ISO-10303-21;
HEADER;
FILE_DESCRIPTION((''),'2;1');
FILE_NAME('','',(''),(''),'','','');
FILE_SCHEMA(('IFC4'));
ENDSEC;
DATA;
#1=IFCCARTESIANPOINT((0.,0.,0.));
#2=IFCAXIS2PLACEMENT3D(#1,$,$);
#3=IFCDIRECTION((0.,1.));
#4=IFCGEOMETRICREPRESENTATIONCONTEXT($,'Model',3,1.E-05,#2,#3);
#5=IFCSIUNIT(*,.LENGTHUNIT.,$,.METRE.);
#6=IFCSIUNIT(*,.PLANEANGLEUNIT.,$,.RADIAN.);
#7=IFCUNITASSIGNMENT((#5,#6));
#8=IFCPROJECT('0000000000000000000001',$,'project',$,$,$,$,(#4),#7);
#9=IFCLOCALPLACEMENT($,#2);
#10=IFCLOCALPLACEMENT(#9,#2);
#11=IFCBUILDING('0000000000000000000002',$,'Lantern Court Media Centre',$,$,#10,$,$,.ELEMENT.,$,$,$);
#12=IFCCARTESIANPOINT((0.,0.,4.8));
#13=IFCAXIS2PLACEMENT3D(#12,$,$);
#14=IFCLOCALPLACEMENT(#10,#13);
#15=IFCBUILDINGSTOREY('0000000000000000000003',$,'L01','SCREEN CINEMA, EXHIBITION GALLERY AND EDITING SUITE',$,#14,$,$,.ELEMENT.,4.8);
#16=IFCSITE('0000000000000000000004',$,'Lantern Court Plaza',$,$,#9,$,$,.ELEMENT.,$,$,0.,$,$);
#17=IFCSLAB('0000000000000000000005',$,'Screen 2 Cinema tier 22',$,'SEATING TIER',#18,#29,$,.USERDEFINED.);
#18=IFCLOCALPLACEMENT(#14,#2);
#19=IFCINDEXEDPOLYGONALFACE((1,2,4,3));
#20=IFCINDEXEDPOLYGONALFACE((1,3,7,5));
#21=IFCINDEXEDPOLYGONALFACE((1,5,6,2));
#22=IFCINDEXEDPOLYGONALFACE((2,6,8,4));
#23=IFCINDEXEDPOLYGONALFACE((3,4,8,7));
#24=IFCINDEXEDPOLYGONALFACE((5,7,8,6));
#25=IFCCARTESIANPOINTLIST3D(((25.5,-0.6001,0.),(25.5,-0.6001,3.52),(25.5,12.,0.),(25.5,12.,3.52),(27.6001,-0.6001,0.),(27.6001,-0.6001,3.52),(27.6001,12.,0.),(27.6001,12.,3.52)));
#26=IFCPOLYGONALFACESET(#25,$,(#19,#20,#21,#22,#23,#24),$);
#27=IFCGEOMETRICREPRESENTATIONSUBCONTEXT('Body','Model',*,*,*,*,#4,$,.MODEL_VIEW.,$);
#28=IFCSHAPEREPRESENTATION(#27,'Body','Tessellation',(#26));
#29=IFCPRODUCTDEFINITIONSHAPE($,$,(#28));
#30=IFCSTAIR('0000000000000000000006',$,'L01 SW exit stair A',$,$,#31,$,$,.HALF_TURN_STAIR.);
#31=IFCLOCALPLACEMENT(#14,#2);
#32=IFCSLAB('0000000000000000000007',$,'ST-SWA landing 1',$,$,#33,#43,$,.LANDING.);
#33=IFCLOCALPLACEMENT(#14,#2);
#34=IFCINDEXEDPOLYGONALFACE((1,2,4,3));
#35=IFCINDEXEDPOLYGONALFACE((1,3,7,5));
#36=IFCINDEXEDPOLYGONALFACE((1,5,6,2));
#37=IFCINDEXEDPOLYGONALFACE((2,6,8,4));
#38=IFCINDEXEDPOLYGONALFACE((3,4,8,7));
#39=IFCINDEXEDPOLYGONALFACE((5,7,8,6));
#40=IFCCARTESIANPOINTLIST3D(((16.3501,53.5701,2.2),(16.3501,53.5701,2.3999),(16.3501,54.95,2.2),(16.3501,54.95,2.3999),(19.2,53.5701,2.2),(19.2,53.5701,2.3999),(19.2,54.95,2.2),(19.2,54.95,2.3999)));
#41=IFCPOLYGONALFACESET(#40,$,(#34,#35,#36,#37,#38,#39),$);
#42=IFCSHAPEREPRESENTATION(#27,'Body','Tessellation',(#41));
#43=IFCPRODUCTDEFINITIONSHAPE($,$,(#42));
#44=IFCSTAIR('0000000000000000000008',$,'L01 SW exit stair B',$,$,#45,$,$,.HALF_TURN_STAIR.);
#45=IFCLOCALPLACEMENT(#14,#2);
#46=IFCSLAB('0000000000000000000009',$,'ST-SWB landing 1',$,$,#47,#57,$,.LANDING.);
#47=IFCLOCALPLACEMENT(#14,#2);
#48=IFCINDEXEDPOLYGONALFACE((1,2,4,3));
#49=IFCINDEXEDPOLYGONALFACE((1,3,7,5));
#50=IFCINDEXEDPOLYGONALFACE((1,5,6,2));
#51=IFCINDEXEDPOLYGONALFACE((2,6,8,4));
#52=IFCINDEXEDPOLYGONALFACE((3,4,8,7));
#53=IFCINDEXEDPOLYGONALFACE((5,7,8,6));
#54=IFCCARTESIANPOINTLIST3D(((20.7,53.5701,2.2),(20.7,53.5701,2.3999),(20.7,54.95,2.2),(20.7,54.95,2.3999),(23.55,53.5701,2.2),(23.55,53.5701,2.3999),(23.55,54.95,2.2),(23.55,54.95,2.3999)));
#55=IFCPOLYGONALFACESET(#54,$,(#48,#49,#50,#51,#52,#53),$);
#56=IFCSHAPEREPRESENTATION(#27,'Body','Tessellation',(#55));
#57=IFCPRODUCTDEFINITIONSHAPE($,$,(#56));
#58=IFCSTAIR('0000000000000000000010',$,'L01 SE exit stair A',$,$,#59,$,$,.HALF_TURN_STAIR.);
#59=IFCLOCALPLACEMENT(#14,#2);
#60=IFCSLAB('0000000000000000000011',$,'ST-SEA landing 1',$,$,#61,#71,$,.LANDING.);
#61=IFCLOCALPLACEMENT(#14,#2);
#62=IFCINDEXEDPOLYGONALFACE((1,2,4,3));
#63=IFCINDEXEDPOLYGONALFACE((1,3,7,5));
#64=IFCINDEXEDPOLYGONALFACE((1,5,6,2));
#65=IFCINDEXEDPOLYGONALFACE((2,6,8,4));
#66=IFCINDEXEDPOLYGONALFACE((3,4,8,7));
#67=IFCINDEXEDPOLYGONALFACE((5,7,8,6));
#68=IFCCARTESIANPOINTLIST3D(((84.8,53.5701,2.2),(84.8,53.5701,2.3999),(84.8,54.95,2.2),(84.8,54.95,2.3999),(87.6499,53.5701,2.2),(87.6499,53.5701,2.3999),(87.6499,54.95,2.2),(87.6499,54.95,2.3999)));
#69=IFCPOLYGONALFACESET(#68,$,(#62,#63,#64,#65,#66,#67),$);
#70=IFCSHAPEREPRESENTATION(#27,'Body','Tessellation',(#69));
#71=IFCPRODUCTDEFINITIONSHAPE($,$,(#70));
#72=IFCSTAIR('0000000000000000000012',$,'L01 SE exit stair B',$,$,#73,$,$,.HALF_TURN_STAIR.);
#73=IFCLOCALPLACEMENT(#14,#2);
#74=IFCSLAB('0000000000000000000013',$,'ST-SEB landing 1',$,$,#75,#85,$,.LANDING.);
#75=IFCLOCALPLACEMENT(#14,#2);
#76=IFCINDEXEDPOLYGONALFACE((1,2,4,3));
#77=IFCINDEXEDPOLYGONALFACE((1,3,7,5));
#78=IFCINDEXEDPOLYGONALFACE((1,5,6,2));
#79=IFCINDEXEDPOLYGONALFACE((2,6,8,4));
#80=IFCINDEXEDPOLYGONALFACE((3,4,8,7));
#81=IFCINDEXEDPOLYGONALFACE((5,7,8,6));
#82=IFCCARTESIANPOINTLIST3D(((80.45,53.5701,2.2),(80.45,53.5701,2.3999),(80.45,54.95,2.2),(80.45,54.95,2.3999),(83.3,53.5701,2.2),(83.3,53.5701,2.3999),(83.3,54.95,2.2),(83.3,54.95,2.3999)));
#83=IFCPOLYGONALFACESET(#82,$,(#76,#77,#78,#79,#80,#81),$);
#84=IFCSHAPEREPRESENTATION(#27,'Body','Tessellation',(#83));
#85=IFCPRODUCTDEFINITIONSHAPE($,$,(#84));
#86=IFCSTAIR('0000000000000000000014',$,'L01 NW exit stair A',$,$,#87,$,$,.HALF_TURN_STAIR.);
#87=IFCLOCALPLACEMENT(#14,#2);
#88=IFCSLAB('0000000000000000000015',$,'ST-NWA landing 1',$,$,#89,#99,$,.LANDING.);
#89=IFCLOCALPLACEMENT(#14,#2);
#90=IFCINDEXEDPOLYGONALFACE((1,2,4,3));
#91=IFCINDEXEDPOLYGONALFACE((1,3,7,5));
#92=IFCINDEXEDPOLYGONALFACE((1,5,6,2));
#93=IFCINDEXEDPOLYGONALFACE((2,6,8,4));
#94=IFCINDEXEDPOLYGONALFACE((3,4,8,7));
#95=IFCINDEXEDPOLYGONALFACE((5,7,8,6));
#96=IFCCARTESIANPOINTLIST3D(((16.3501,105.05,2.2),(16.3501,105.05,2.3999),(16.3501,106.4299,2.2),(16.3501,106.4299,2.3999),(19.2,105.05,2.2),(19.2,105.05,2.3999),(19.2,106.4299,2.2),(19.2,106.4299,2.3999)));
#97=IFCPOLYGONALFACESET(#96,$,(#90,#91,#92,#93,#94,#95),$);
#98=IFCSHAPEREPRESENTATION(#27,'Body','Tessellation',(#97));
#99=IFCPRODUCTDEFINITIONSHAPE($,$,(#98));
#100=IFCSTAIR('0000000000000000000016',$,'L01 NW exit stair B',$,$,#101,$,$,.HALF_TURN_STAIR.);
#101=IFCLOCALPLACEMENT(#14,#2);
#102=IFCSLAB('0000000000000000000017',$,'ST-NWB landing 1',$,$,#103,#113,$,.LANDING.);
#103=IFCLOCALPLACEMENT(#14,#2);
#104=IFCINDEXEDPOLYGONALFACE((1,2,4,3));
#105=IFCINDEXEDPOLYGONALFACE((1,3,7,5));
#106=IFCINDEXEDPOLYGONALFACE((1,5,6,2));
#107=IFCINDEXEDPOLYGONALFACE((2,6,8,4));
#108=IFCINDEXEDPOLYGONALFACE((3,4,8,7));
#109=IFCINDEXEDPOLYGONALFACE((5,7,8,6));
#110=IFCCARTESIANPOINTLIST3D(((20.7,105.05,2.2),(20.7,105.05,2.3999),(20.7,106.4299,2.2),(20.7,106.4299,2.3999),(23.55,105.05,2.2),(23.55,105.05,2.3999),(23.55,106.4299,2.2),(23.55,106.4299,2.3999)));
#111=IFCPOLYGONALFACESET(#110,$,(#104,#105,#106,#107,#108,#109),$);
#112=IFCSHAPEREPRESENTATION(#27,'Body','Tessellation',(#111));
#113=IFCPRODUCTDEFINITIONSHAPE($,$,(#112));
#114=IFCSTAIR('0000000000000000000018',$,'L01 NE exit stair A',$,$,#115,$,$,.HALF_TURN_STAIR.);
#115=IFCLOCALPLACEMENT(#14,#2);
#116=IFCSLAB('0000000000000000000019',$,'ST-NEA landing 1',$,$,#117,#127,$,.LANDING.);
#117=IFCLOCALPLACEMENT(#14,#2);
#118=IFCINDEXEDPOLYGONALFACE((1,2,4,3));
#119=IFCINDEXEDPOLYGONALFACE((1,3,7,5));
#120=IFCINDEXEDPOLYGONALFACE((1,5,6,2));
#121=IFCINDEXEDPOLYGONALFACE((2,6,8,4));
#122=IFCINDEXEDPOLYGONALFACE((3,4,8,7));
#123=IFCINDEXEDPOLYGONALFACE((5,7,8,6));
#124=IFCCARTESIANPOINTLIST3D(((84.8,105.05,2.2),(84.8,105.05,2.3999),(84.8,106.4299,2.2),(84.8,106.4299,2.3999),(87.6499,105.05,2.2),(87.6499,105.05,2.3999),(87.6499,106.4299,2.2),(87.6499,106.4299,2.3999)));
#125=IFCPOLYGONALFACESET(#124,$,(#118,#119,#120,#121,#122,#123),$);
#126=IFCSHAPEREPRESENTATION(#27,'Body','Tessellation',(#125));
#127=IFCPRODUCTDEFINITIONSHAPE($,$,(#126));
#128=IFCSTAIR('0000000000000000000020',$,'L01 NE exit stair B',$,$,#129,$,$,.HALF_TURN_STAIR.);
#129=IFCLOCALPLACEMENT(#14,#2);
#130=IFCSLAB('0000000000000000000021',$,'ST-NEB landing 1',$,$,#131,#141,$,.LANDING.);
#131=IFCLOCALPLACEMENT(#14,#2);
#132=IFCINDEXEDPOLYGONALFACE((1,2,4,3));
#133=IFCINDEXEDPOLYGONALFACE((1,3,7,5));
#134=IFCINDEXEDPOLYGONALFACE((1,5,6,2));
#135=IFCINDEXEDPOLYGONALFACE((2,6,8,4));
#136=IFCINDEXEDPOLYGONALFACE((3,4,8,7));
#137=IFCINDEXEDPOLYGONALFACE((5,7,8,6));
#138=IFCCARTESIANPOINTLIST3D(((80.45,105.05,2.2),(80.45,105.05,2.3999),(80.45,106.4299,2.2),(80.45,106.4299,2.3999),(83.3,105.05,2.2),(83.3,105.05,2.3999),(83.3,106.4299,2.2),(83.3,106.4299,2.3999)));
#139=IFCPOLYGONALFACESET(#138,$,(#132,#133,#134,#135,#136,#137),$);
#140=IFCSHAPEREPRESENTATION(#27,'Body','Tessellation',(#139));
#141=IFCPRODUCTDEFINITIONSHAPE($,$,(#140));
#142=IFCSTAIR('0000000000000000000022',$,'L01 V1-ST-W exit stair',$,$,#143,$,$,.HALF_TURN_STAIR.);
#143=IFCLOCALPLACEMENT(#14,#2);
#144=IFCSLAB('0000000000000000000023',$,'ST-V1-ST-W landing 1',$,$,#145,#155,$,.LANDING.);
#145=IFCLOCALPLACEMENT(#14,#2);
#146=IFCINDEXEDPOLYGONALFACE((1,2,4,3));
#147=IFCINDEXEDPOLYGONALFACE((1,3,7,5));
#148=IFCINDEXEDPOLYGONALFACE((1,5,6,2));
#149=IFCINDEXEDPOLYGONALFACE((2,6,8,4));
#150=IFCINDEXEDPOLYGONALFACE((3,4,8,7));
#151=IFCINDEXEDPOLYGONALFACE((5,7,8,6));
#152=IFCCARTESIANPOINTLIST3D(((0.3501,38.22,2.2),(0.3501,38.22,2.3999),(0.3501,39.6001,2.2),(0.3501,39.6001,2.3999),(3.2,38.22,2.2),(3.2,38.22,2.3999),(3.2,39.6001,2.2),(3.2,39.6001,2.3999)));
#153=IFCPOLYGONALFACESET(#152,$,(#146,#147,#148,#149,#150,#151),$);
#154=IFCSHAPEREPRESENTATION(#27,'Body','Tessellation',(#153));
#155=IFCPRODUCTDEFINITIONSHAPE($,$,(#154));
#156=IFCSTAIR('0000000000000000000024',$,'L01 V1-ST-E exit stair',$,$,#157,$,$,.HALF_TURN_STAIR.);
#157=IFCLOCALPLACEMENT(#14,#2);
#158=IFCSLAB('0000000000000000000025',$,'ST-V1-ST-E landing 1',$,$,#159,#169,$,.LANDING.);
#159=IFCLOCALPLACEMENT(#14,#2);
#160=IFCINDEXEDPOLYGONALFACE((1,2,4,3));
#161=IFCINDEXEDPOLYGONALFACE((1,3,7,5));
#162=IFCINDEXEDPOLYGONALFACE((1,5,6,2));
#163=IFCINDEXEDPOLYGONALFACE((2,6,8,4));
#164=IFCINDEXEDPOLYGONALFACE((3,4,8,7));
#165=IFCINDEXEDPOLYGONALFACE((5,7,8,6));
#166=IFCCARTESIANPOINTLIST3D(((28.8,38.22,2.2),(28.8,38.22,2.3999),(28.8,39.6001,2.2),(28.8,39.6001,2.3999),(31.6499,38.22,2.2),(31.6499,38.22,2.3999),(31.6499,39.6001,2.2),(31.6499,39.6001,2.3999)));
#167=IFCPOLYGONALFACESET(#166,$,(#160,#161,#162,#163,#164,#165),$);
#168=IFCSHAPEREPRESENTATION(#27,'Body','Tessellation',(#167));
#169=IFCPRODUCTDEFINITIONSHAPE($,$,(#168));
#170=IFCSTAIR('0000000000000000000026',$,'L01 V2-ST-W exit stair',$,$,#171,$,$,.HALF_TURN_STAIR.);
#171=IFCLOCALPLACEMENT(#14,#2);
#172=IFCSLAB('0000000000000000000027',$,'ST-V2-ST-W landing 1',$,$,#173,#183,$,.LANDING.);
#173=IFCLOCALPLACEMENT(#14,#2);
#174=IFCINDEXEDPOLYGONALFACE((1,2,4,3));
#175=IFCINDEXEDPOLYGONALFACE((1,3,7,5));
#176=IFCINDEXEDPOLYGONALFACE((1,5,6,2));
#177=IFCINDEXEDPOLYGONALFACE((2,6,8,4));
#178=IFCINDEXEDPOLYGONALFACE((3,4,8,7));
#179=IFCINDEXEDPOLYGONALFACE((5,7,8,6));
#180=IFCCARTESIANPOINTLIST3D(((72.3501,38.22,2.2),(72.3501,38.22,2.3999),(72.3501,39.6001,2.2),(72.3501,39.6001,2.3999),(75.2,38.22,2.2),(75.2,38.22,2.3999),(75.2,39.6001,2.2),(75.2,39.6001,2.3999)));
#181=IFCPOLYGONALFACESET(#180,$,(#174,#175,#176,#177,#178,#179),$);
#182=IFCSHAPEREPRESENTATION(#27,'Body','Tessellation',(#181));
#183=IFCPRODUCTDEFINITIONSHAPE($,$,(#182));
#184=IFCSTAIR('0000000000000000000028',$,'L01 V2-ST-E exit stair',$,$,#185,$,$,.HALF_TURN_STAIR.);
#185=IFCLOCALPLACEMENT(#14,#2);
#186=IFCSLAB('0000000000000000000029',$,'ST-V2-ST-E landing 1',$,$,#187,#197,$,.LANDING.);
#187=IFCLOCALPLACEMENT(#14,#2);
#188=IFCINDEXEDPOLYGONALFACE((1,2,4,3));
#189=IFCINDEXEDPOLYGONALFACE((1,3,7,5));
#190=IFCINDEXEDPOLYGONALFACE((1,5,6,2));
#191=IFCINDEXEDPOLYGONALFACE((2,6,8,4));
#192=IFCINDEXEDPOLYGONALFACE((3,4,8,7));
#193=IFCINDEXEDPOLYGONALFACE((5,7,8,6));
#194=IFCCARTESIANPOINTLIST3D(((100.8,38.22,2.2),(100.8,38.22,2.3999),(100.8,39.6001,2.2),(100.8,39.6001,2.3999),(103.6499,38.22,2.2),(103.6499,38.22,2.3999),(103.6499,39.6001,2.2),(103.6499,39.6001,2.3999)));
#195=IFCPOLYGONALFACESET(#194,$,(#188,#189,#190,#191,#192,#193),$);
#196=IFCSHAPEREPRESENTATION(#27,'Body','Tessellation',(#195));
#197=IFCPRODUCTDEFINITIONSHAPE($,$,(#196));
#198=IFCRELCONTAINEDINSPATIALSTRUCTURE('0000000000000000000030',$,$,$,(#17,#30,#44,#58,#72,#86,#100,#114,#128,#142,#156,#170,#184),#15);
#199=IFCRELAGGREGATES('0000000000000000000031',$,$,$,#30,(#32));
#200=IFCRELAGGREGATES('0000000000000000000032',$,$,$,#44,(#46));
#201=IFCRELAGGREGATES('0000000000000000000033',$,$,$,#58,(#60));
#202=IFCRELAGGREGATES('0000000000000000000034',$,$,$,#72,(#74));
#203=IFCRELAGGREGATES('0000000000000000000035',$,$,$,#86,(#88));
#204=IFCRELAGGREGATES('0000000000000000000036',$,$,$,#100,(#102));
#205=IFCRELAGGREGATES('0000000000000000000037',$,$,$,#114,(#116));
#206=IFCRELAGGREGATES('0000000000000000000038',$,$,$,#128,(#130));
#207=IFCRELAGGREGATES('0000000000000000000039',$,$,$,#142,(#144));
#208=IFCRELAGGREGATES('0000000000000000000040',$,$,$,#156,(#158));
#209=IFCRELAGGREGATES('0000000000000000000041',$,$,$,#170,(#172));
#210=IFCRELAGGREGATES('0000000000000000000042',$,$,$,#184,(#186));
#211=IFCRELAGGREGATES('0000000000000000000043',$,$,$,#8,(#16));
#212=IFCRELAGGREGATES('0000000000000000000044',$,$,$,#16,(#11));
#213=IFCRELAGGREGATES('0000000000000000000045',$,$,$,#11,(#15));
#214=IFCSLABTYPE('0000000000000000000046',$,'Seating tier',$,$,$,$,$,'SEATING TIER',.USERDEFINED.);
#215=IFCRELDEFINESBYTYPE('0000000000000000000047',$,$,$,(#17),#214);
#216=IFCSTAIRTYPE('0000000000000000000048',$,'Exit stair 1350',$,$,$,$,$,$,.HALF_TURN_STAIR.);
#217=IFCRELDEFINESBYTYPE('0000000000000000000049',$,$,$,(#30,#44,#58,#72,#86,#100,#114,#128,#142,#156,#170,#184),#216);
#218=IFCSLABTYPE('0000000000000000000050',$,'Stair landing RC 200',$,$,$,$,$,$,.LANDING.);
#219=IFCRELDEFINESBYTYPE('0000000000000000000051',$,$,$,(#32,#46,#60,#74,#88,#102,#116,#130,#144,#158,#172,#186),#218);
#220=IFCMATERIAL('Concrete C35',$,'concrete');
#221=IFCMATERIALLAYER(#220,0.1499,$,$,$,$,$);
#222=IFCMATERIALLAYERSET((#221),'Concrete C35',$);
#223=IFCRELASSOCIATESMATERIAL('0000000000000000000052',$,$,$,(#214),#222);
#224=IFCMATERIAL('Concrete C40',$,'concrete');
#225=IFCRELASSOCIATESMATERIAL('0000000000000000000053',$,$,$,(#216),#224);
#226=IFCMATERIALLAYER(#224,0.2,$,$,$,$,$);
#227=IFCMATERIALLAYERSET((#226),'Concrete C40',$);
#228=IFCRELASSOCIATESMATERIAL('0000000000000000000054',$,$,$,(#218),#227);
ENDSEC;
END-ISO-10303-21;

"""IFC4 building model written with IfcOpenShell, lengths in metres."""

from ifc_helpers import new_model, si_unit, direction, frame, origin, place, context, subcontext, project, spatial, polyline, outline, extrude, material, layer, layer_set, type_object, element, aggregate, save


model = new_model("IFC4")

# Units and contexts
model_context = context("Model", 3, precision=1e-05, world=origin(), true_north=direction((0.0, 1.0)))
body_context = subcontext(model_context, "Body", "Model", "MODEL_VIEW")
ifc_project = project(units=[si_unit("LENGTHUNIT", "METRE"), si_unit("PLANEANGLEUNIT", "RADIAN")], contexts=[model_context])

# Site, building, storey
site_placement = place(None, origin())
site = spatial("IfcSite", under=ifc_project, at=site_placement, Name="Lantern Court Plaza", CompositionType="ELEMENT", RefElevation=0.0)
building_placement = place(site_placement, origin())
building = spatial("IfcBuilding", under=site, at=building_placement, Name="Lantern Court Media Centre", CompositionType="ELEMENT")
storey_placement = place(building_placement, frame((0.0, 0.0, 4.8)))
storey = spatial("IfcBuildingStorey", under=building, at=storey_placement, Name="L01", Description="SCREEN CINEMA, EXHIBITION GALLERY AND EDITING SUITE", CompositionType="ELEMENT", Elevation=4.8)

# Slab
ifc_material_1 = material(Name="Concrete C35", Category="concrete")
ifc_layer_1 = layer(ifc_material_1, 0.1499)
ifc_layer_set_1 = layer_set([ifc_layer_1], Name="Concrete C35")
slab_type_1 = type_object("IfcSlabType", Name="Seating tier", ElementType="SEATING TIER", PredefinedType="USERDEFINED", material=ifc_layer_set_1)
slab_1_placement = place(storey_placement, origin())
element("IfcSlab", 1, at=slab_1_placement, inside=storey, type_object=slab_type_1, Name="Screen 2 Cinema tier 22", ObjectType="SEATING TIER", PredefinedType="USERDEFINED", context=body_context, shape_type="SweptSolid", body=[
    extrude(outline(polyline([(25.5, -0.6001), (27.6001, -0.6001), (27.6001, 12.0), (25.5, 12.0), (25.5, -0.6001)])), origin(), (0.0, 0.0, 1.0), 3.52),
])

# Stairs, slabs
ifc_material_2 = material(Name="Concrete C40", Category="concrete")
stair_type = type_object("IfcStairType", Name="Exit stair 1350", PredefinedType="HALF_TURN_STAIR", material=ifc_material_2)
stair_1_placement = place(storey_placement, origin())
stair_1 = element("IfcStair", 2, at=stair_1_placement, inside=storey, type_object=stair_type, Name="L01 SW exit stair A", PredefinedType="HALF_TURN_STAIR")
ifc_layer_2 = layer(ifc_material_2, 0.2)
ifc_layer_set_2 = layer_set([ifc_layer_2], Name="Concrete C40")
slab_type_2 = type_object("IfcSlabType", Name="Stair landing RC 200", PredefinedType="LANDING", material=ifc_layer_set_2)
slab_2_placement = place(storey_placement, frame((0.0, 0.0, 2.2)))
slab_2 = element("IfcSlab", 3, at=slab_2_placement, type_object=slab_type_2, Name="ST-SWA landing 1", PredefinedType="LANDING", context=body_context, shape_type="SweptSolid", body=[
    extrude(outline(polyline([(19.2, 53.5701), (19.2, 54.95), (16.3501, 54.95), (16.3501, 53.5701), (19.2, 53.5701)])), origin(), (0.0, 0.0, 1.0), 0.2),
])
aggregate(stair_1, [slab_2])
stair_2_placement = place(storey_placement, origin())
stair_2 = element("IfcStair", 4, at=stair_2_placement, inside=storey, type_object=stair_type, Name="L01 SW exit stair B", PredefinedType="HALF_TURN_STAIR")
slab_3_placement = place(storey_placement, frame((0.0, 0.0, 2.2)))
slab_3 = element("IfcSlab", 5, at=slab_3_placement, type_object=slab_type_2, Name="ST-SWB landing 1", PredefinedType="LANDING", context=body_context, shape_type="SweptSolid", body=[
    extrude(outline(polyline([(23.55, 53.5701), (23.55, 54.95), (20.7, 54.95), (20.7, 53.5701), (23.55, 53.5701)])), origin(), (0.0, 0.0, 1.0), 0.2),
])
aggregate(stair_2, [slab_3])
stair_3_placement = place(storey_placement, origin())
stair_3 = element("IfcStair", 6, at=stair_3_placement, inside=storey, type_object=stair_type, Name="L01 SE exit stair A", PredefinedType="HALF_TURN_STAIR")
slab_4_placement = place(storey_placement, frame((0.0, 0.0, 2.2)))
slab_4 = element("IfcSlab", 7, at=slab_4_placement, type_object=slab_type_2, Name="ST-SEA landing 1", PredefinedType="LANDING", context=body_context, shape_type="SweptSolid", body=[
    extrude(outline(polyline([(87.6499, 53.5701), (87.6499, 54.95), (84.8, 54.95), (84.8, 53.5701), (87.6499, 53.5701)])), origin(), (0.0, 0.0, 1.0), 0.2),
])
aggregate(stair_3, [slab_4])
stair_4_placement = place(storey_placement, origin())
stair_4 = element("IfcStair", 8, at=stair_4_placement, inside=storey, type_object=stair_type, Name="L01 SE exit stair B", PredefinedType="HALF_TURN_STAIR")
slab_5_placement = place(storey_placement, frame((0.0, 0.0, 2.2)))
slab_5 = element("IfcSlab", 9, at=slab_5_placement, type_object=slab_type_2, Name="ST-SEB landing 1", PredefinedType="LANDING", context=body_context, shape_type="SweptSolid", body=[
    extrude(outline(polyline([(83.3, 53.5701), (83.3, 54.95), (80.45, 54.95), (80.45, 53.5701), (83.3, 53.5701)])), origin(), (0.0, 0.0, 1.0), 0.2),
])
aggregate(stair_4, [slab_5])
stair_5_placement = place(storey_placement, origin())
stair_5 = element("IfcStair", 10, at=stair_5_placement, inside=storey, type_object=stair_type, Name="L01 NW exit stair A", PredefinedType="HALF_TURN_STAIR")
slab_6_placement = place(storey_placement, frame((0.0, 0.0, 2.2)))
slab_6 = element("IfcSlab", 11, at=slab_6_placement, type_object=slab_type_2, Name="ST-NWA landing 1", PredefinedType="LANDING", context=body_context, shape_type="SweptSolid", body=[
    extrude(outline(polyline([(16.3501, 106.4299), (16.3501, 105.05), (19.2, 105.05), (19.2, 106.4299), (16.3501, 106.4299)])), origin(), (0.0, 0.0, 1.0), 0.2),
])
aggregate(stair_5, [slab_6])
stair_6_placement = place(storey_placement, origin())
stair_6 = element("IfcStair", 12, at=stair_6_placement, inside=storey, type_object=stair_type, Name="L01 NW exit stair B", PredefinedType="HALF_TURN_STAIR")
slab_7_placement = place(storey_placement, frame((0.0, 0.0, 2.2)))
slab_7 = element("IfcSlab", 13, at=slab_7_placement, type_object=slab_type_2, Name="ST-NWB landing 1", PredefinedType="LANDING", context=body_context, shape_type="SweptSolid", body=[
    extrude(outline(polyline([(20.7, 106.4299), (20.7, 105.05), (23.55, 105.05), (23.55, 106.4299), (20.7, 106.4299)])), origin(), (0.0, 0.0, 1.0), 0.2),
])
aggregate(stair_6, [slab_7])
stair_7_placement = place(storey_placement, origin())
stair_7 = element("IfcStair", 14, at=stair_7_placement, inside=storey, type_object=stair_type, Name="L01 NE exit stair A", PredefinedType="HALF_TURN_STAIR")
slab_8_placement = place(storey_placement, frame((0.0, 0.0, 2.2)))
slab_8 = element("IfcSlab", 15, at=slab_8_placement, type_object=slab_type_2, Name="ST-NEA landing 1", PredefinedType="LANDING", context=body_context, shape_type="SweptSolid", body=[
    extrude(outline(polyline([(84.8, 106.4299), (84.8, 105.05), (87.6499, 105.05), (87.6499, 106.4299), (84.8, 106.4299)])), origin(), (0.0, 0.0, 1.0), 0.2),
])
aggregate(stair_7, [slab_8])
stair_8_placement = place(storey_placement, origin())
stair_8 = element("IfcStair", 16, at=stair_8_placement, inside=storey, type_object=stair_type, Name="L01 NE exit stair B", PredefinedType="HALF_TURN_STAIR")
slab_9_placement = place(storey_placement, frame((0.0, 0.0, 2.2)))
slab_9 = element("IfcSlab", 17, at=slab_9_placement, type_object=slab_type_2, Name="ST-NEB landing 1", PredefinedType="LANDING", context=body_context, shape_type="SweptSolid", body=[
    extrude(outline(polyline([(80.45, 106.4299), (80.45, 105.05), (83.3, 105.05), (83.3, 106.4299), (80.45, 106.4299)])), origin(), (0.0, 0.0, 1.0), 0.2),
])
aggregate(stair_8, [slab_9])
stair_9_placement = place(storey_placement, origin())
stair_9 = element("IfcStair", 18, at=stair_9_placement, inside=storey, type_object=stair_type, Name="L01 V1-ST-W exit stair", PredefinedType="HALF_TURN_STAIR")
slab_10_placement = place(storey_placement, frame((0.0, 0.0, 2.2)))
slab_10 = element("IfcSlab", 19, at=slab_10_placement, type_object=slab_type_2, Name="ST-V1-ST-W landing 1", PredefinedType="LANDING", context=body_context, shape_type="SweptSolid", body=[
    extrude(outline(polyline([(3.2, 38.22), (3.2, 39.6001), (0.3501, 39.6001), (0.3501, 38.22), (3.2, 38.22)])), origin(), (0.0, 0.0, 1.0), 0.2),
])
aggregate(stair_9, [slab_10])
stair_10_placement = place(storey_placement, origin())
stair_10 = element("IfcStair", 20, at=stair_10_placement, inside=storey, type_object=stair_type, Name="L01 V1-ST-E exit stair", PredefinedType="HALF_TURN_STAIR")
slab_11_placement = place(storey_placement, frame((0.0, 0.0, 2.2)))
slab_11 = element("IfcSlab", 21, at=slab_11_placement, type_object=slab_type_2, Name="ST-V1-ST-E landing 1", PredefinedType="LANDING", context=body_context, shape_type="SweptSolid", body=[
    extrude(outline(polyline([(31.6499, 38.22), (31.6499, 39.6001), (28.8, 39.6001), (28.8, 38.22), (31.6499, 38.22)])), origin(), (0.0, 0.0, 1.0), 0.2),
])
aggregate(stair_10, [slab_11])
stair_11_placement = place(storey_placement, origin())
stair_11 = element("IfcStair", 22, at=stair_11_placement, inside=storey, type_object=stair_type, Name="L01 V2-ST-W exit stair", PredefinedType="HALF_TURN_STAIR")
slab_12_placement = place(storey_placement, frame((0.0, 0.0, 2.2)))
slab_12 = element("IfcSlab", 23, at=slab_12_placement, type_object=slab_type_2, Name="ST-V2-ST-W landing 1", PredefinedType="LANDING", context=body_context, shape_type="SweptSolid", body=[
    extrude(outline(polyline([(75.2, 38.22), (75.2, 39.6001), (72.3501, 39.6001), (72.3501, 38.22), (75.2, 38.22)])), origin(), (0.0, 0.0, 1.0), 0.2),
])
aggregate(stair_11, [slab_12])
stair_12_placement = place(storey_placement, origin())
stair_12 = element("IfcStair", 24, at=stair_12_placement, inside=storey, type_object=stair_type, Name="L01 V2-ST-E exit stair", PredefinedType="HALF_TURN_STAIR")
slab_13_placement = place(storey_placement, frame((0.0, 0.0, 2.2)))
slab_13 = element("IfcSlab", 25, at=slab_13_placement, type_object=slab_type_2, Name="ST-V2-ST-E landing 1", PredefinedType="LANDING", context=body_context, shape_type="SweptSolid", body=[
    extrude(outline(polyline([(103.6499, 38.22), (103.6499, 39.6001), (100.8, 39.6001), (100.8, 38.22), (103.6499, 38.22)])), origin(), (0.0, 0.0, 1.0), 0.2),
])
aggregate(stair_12, [slab_13])

save(model, "model.ifc")
